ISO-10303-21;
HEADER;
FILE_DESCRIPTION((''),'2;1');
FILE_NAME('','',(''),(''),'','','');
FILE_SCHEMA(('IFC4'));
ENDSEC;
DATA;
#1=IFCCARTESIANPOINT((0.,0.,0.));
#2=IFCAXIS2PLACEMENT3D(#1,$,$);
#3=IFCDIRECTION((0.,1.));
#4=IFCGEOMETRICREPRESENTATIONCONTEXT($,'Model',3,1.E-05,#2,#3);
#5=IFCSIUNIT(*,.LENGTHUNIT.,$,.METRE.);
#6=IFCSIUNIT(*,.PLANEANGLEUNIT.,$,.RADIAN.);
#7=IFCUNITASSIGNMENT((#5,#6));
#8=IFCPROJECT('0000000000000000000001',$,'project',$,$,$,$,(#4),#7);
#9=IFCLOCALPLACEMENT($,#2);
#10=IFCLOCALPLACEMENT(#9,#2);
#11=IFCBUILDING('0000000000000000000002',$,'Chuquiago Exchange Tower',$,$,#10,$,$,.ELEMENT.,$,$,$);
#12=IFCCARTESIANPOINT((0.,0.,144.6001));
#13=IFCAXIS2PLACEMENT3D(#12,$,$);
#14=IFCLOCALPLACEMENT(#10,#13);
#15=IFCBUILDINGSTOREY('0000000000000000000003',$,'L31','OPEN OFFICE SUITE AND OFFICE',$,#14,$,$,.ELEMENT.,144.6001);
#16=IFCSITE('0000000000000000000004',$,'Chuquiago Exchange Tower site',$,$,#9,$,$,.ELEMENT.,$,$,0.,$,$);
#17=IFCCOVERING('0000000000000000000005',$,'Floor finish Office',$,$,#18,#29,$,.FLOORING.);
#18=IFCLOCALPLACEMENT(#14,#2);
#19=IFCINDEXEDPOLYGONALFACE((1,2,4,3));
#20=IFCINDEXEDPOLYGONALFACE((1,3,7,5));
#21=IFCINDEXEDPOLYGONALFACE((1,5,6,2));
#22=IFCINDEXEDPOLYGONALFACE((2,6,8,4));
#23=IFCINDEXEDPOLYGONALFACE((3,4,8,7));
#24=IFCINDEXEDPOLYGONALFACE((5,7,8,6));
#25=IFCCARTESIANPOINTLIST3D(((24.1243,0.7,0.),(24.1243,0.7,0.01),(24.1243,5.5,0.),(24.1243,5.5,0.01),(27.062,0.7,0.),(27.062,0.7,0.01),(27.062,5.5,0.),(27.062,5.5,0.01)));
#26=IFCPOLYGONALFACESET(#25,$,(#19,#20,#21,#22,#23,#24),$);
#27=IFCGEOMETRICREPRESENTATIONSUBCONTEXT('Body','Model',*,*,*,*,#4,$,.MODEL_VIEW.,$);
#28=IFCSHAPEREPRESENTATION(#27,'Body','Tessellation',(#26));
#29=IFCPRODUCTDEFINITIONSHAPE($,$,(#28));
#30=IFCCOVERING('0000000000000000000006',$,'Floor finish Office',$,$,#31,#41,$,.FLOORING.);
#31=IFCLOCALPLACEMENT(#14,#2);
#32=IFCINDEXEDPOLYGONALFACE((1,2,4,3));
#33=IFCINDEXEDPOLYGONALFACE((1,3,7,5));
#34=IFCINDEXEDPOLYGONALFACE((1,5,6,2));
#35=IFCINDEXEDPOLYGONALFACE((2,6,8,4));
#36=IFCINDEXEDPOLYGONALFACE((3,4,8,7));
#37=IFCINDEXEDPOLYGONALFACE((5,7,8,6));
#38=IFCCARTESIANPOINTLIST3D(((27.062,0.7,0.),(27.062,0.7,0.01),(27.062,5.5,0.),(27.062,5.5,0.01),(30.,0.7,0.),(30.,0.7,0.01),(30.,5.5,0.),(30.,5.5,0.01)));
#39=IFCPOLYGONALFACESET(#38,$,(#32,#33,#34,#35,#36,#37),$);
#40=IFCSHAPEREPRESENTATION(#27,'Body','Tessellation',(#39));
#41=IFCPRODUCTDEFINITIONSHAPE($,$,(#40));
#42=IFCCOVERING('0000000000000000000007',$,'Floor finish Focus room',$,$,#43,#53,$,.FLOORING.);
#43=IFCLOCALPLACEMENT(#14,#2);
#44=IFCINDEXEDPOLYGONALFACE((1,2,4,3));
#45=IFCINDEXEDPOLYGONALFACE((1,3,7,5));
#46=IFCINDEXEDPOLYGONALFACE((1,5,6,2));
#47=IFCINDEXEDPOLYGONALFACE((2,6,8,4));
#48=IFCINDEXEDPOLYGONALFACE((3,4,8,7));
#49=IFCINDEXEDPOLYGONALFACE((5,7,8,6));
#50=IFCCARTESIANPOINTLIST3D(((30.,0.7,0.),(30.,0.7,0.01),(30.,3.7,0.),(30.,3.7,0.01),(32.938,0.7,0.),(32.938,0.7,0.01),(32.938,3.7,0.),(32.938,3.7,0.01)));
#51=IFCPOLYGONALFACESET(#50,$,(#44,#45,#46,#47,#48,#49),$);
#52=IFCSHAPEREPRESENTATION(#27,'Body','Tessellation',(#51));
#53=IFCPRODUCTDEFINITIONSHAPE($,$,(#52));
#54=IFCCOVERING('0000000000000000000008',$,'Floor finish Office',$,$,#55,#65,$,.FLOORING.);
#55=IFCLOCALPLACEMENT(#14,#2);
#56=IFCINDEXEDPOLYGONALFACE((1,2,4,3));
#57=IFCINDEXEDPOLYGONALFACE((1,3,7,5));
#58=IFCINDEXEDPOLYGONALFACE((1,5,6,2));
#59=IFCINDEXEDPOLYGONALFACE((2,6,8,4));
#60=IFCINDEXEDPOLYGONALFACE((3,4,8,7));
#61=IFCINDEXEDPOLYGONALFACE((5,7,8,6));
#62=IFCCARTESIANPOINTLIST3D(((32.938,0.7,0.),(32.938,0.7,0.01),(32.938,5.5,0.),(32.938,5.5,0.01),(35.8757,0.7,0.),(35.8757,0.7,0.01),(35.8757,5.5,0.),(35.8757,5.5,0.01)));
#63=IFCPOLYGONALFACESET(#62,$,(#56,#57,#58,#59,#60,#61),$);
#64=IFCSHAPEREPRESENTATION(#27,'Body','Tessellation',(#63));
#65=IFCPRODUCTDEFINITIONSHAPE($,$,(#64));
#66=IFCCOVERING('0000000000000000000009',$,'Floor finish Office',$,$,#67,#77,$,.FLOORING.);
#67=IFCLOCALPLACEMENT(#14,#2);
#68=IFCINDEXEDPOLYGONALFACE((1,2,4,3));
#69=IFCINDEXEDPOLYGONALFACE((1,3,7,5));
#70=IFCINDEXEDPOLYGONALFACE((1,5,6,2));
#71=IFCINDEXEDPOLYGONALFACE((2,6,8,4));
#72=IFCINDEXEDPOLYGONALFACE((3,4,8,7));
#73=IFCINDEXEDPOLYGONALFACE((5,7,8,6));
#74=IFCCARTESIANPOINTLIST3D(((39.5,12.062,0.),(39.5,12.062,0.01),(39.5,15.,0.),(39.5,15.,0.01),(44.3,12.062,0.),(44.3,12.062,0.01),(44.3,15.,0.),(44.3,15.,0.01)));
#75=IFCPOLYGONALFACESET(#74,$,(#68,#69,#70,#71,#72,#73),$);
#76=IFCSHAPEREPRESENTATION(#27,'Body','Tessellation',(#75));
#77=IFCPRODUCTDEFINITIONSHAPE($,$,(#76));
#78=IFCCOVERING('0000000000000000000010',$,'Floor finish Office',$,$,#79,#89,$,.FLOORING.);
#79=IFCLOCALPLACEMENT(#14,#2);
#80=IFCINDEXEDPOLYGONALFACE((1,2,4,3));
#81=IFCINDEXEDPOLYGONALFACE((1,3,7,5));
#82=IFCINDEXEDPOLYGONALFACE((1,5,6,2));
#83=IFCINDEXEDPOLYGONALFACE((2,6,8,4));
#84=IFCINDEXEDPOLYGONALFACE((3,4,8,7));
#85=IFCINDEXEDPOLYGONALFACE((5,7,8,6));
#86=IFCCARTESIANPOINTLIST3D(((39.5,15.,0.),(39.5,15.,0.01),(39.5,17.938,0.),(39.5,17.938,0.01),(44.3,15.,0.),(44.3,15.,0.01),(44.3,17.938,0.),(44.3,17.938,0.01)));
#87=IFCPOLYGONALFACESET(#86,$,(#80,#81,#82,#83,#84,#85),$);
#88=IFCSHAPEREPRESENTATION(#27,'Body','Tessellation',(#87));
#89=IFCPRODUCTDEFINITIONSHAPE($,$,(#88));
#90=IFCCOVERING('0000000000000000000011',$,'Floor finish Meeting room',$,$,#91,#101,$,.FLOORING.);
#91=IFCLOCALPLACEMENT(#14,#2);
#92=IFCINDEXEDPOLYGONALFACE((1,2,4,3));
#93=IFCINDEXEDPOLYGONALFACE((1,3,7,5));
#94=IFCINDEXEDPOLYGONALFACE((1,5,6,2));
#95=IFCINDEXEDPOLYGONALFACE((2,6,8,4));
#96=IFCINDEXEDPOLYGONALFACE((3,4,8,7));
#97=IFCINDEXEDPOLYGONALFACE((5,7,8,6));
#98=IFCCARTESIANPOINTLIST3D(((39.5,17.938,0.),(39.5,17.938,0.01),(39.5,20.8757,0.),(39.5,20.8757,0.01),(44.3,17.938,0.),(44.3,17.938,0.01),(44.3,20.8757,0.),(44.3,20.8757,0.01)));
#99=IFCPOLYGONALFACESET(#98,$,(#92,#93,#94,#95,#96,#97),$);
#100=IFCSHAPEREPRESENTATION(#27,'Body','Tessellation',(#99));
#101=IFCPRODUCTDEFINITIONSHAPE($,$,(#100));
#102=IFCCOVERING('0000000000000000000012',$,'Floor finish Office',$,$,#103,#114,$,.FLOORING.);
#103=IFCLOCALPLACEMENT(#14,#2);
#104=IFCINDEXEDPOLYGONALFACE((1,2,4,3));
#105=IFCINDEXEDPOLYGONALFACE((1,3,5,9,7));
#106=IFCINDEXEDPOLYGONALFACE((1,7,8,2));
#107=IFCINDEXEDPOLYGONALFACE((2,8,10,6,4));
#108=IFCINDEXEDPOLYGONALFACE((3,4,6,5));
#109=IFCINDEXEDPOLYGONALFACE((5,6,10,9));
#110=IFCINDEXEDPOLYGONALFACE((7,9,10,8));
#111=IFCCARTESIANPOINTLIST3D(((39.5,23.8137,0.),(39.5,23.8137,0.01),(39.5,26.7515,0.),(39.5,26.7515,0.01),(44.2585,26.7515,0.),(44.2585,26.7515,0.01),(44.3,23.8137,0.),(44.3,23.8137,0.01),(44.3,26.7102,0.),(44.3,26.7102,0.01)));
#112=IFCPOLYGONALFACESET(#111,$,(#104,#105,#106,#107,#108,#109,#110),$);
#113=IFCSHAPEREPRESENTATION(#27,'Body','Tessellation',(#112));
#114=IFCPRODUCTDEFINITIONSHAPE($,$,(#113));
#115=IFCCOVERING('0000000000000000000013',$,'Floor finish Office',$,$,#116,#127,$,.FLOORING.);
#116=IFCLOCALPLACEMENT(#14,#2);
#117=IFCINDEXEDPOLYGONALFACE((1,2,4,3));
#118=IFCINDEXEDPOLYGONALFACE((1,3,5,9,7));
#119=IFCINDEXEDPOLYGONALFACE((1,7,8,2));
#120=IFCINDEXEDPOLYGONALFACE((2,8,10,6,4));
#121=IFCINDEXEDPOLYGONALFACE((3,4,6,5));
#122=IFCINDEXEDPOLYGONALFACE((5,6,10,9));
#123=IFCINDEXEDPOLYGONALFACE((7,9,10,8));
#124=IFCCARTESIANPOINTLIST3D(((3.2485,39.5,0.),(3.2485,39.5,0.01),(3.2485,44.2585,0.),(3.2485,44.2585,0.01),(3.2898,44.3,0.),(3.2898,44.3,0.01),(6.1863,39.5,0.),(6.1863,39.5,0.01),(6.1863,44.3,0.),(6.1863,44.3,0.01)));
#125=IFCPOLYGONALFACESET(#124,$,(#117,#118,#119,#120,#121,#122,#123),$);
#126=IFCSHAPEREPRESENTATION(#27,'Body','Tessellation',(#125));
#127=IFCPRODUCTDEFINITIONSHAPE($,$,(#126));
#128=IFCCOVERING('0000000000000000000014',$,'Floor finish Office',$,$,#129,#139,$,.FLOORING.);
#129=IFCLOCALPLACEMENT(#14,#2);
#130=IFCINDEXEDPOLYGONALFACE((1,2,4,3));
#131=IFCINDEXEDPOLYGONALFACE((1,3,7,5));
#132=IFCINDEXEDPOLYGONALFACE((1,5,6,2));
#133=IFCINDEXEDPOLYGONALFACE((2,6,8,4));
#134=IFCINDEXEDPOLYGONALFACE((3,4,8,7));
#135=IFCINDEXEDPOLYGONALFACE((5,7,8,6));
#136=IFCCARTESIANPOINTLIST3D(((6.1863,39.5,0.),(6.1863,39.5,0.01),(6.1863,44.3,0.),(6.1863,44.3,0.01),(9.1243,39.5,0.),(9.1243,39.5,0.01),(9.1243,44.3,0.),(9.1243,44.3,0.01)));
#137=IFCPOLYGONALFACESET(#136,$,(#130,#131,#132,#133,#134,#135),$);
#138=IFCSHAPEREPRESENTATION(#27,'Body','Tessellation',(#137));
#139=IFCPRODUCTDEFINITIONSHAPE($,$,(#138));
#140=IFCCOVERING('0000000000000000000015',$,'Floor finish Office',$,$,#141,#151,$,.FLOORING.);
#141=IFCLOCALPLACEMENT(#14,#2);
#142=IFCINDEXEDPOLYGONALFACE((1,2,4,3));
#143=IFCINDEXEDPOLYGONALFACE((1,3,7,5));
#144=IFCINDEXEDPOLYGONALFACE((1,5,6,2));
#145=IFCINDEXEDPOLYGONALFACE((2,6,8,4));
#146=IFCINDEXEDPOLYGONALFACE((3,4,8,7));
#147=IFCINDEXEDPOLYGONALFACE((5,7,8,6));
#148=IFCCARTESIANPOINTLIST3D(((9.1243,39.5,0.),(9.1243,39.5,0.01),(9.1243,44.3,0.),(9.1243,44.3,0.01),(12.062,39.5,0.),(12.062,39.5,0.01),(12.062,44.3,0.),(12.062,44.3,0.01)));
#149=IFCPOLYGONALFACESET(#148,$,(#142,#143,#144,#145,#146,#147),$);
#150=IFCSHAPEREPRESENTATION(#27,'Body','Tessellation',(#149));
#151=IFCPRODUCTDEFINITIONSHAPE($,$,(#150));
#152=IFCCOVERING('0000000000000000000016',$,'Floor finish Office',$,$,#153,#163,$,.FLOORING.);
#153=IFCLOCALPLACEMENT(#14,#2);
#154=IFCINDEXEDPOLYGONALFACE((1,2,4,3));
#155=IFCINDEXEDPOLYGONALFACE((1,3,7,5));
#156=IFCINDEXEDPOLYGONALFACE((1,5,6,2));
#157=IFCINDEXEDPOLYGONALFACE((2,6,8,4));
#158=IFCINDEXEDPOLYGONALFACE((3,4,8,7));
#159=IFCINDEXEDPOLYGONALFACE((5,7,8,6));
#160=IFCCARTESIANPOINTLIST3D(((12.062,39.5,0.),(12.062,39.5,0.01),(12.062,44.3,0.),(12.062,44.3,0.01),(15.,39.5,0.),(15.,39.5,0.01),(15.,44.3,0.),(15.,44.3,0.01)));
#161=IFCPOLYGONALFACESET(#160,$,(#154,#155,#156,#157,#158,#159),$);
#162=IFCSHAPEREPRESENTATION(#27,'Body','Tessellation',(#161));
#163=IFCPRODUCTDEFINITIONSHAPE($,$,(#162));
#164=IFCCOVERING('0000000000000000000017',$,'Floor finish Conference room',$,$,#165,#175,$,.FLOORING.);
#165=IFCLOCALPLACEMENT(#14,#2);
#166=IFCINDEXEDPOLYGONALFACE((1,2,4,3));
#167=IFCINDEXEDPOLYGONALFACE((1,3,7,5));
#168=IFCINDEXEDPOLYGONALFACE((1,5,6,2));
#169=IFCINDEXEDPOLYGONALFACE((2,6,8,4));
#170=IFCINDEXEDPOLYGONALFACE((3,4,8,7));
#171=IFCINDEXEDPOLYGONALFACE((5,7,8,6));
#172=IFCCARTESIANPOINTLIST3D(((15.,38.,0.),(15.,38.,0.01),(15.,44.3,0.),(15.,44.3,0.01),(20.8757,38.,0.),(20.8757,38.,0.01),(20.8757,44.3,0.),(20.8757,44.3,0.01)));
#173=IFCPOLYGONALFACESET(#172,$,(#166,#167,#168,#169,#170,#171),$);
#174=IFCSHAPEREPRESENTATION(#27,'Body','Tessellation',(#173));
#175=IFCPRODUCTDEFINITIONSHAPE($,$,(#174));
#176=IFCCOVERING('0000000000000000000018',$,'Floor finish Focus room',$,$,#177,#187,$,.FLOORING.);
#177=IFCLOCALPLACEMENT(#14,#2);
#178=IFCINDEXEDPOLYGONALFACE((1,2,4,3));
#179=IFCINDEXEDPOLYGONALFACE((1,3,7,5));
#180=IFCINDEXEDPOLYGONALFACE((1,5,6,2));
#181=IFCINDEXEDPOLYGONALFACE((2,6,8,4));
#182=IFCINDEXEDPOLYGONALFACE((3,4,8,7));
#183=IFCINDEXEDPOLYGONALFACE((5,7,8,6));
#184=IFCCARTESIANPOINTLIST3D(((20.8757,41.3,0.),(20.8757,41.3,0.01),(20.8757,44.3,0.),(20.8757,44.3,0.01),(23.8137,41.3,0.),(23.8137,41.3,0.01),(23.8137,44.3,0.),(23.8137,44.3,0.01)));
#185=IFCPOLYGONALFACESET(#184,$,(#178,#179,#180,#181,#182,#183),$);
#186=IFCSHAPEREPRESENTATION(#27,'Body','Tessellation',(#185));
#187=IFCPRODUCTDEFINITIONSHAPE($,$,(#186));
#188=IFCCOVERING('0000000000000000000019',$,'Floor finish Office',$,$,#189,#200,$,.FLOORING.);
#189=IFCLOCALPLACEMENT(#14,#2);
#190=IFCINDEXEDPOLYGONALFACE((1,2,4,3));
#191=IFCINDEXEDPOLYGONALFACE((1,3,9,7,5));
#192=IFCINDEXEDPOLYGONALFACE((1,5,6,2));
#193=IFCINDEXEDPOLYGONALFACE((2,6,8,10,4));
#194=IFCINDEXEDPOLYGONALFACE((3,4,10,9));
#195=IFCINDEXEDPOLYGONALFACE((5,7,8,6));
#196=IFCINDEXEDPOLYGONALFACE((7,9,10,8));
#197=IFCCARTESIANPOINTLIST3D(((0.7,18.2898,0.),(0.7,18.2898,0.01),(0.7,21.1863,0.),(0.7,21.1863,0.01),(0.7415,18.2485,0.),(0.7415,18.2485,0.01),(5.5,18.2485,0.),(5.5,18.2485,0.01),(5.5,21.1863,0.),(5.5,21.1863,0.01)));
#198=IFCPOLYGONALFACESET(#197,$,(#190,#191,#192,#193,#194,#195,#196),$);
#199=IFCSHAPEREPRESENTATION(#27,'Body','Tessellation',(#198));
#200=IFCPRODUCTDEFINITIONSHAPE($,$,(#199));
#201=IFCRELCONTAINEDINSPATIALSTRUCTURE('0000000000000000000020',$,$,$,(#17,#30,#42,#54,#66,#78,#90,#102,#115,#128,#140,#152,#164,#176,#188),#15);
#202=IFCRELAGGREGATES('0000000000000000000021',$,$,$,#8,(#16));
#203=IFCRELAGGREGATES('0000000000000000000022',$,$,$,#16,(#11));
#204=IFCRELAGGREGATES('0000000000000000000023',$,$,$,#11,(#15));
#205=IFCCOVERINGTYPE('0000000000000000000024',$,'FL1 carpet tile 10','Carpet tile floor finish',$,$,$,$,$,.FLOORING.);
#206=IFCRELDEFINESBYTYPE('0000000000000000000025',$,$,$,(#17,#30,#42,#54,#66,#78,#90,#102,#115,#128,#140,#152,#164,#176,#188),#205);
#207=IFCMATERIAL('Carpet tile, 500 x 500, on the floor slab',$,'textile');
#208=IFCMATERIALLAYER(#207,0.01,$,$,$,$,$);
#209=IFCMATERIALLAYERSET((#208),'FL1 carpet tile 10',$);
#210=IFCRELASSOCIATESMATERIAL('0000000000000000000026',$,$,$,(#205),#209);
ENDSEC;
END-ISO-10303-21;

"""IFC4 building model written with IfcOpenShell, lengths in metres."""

from ifc_helpers import new_model, si_unit, direction, frame, origin, place, context, subcontext, project, spatial, polyline, outline, extrude, material, layer, layer_set, type_object, element, save


model = new_model("IFC4")

# Units and contexts
model_context = context("Model", 3, precision=1e-05, world=origin(), true_north=direction((0.0, 1.0)))
body_context = subcontext(model_context, "Body", "Model", "MODEL_VIEW")
ifc_project = project(units=[si_unit("LENGTHUNIT", "METRE"), si_unit("PLANEANGLEUNIT", "RADIAN")], contexts=[model_context])

# Site, building, storey
site_placement = place(None, origin())
site = spatial("IfcSite", under=ifc_project, at=site_placement, Name="Chuquiago Exchange Tower site", CompositionType="ELEMENT", RefElevation=0.0)
building_placement = place(site_placement, origin())
building = spatial("IfcBuilding", under=site, at=building_placement, Name="Chuquiago Exchange Tower", CompositionType="ELEMENT")
storey_placement = place(building_placement, frame((0.0, 0.0, 144.6001)))
storey = spatial("IfcBuildingStorey", under=building, at=storey_placement, Name="L31", Description="OPEN OFFICE SUITE AND OFFICE", CompositionType="ELEMENT", Elevation=144.6001)

# Coverings
ifc_material_1 = material(Name="Carpet tile, 500 x 500, on the floor slab", Category="textile")
ifc_layer_1 = layer(ifc_material_1, 0.01)
ifc_layer_set_1 = layer_set([ifc_layer_1], Name="FL1 carpet tile 10")
covering_type_1 = type_object("IfcCoveringType", Name="FL1 carpet tile 10", Description="Carpet tile floor finish", PredefinedType="FLOORING", material=ifc_layer_set_1)
covering_1_placement = place(storey_placement, origin())
element("IfcCovering", 1, at=covering_1_placement, inside=storey, type_object=covering_type_1, Name="Floor finish Office", PredefinedType="FLOORING", context=body_context, shape_type="SweptSolid", body=[
    extrude(outline(polyline([(24.1243, 0.7), (24.1243, 5.5), (27.062, 5.5), (27.062, 0.7), (24.1243, 0.7)])), origin(), (0.0, 0.0, 1.0), 0.01),
])
covering_2_placement = place(storey_placement, origin())
element("IfcCovering", 2, at=covering_2_placement, inside=storey, type_object=covering_type_1, Name="Floor finish Office", PredefinedType="FLOORING", context=body_context, shape_type="SweptSolid", body=[
    extrude(outline(polyline([(27.062, 0.7), (27.062, 5.5), (30.0, 5.5), (30.0, 0.7), (27.062, 0.7)])), origin(), (0.0, 0.0, 1.0), 0.01),
])
covering_3_placement = place(storey_placement, origin())
element("IfcCovering", 3, at=covering_3_placement, inside=storey, type_object=covering_type_1, Name="Floor finish Focus room", PredefinedType="FLOORING", context=body_context, shape_type="SweptSolid", body=[
    extrude(outline(polyline([(30.0, 0.7), (30.0, 3.7), (32.938, 3.7), (32.938, 0.7), (30.0, 0.7)])), origin(), (0.0, 0.0, 1.0), 0.01),
])
covering_4_placement = place(storey_placement, origin())
element("IfcCovering", 4, at=covering_4_placement, inside=storey, type_object=covering_type_1, Name="Floor finish Office", PredefinedType="FLOORING", context=body_context, shape_type="SweptSolid", body=[
    extrude(outline(polyline([(32.938, 0.7), (32.938, 5.5), (35.8757, 5.5), (35.8757, 0.7), (32.938, 0.7)])), origin(), (0.0, 0.0, 1.0), 0.01),
])
covering_5_placement = place(storey_placement, origin())
element("IfcCovering", 5, at=covering_5_placement, inside=storey, type_object=covering_type_1, Name="Floor finish Office", PredefinedType="FLOORING", context=body_context, shape_type="SweptSolid", body=[
    extrude(outline(polyline([(44.3, 12.062), (39.5, 12.062), (39.5, 15.0), (44.3, 15.0), (44.3, 12.062)])), origin(), (0.0, 0.0, 1.0), 0.01),
])
covering_6_placement = place(storey_placement, origin())
element("IfcCovering", 6, at=covering_6_placement, inside=storey, type_object=covering_type_1, Name="Floor finish Office", PredefinedType="FLOORING", context=body_context, shape_type="SweptSolid", body=[
    extrude(outline(polyline([(44.3, 15.0), (39.5, 15.0), (39.5, 17.938), (44.3, 17.938), (44.3, 15.0)])), origin(), (0.0, 0.0, 1.0), 0.01),
])
covering_7_placement = place(storey_placement, origin())
element("IfcCovering", 7, at=covering_7_placement, inside=storey, type_object=covering_type_1, Name="Floor finish Meeting room", PredefinedType="FLOORING", context=body_context, shape_type="SweptSolid", body=[
    extrude(outline(polyline([(44.3, 17.938), (39.5, 17.938), (39.5, 20.8757), (44.3, 20.8757), (44.3, 17.938)])), origin(), (0.0, 0.0, 1.0), 0.01),
])
covering_8_placement = place(storey_placement, origin())
element("IfcCovering", 8, at=covering_8_placement, inside=storey, type_object=covering_type_1, Name="Floor finish Office", PredefinedType="FLOORING", context=body_context, shape_type="SweptSolid", body=[
    extrude(outline(polyline([(44.3, 26.7102), (44.3, 23.8137), (39.5, 23.8137), (39.5, 26.7515), (44.2585, 26.7515), (44.3, 26.7102)])), origin(), (0.0, 0.0, 1.0), 0.01),
])
covering_9_placement = place(storey_placement, origin())
element("IfcCovering", 9, at=covering_9_placement, inside=storey, type_object=covering_type_1, Name="Floor finish Office", PredefinedType="FLOORING", context=body_context, shape_type="SweptSolid", body=[
    extrude(outline(polyline([(3.2898, 44.3), (6.1863, 44.3), (6.1863, 39.5), (3.2485, 39.5), (3.2485, 44.2585), (3.2898, 44.3)])), origin(), (0.0, 0.0, 1.0), 0.01),
])
covering_10_placement = place(storey_placement, origin())
element("IfcCovering", 10, at=covering_10_placement, inside=storey, type_object=covering_type_1, Name="Floor finish Office", PredefinedType="FLOORING", context=body_context, shape_type="SweptSolid", body=[
    extrude(outline(polyline([(9.1243, 44.3), (9.1243, 39.5), (6.1863, 39.5), (6.1863, 44.3), (9.1243, 44.3)])), origin(), (0.0, 0.0, 1.0), 0.01),
])
covering_11_placement = place(storey_placement, origin())
element("IfcCovering", 11, at=covering_11_placement, inside=storey, type_object=covering_type_1, Name="Floor finish Office", PredefinedType="FLOORING", context=body_context, shape_type="SweptSolid", body=[
    extrude(outline(polyline([(12.062, 44.3), (12.062, 39.5), (9.1243, 39.5), (9.1243, 44.3), (12.062, 44.3)])), origin(), (0.0, 0.0, 1.0), 0.01),
])
covering_12_placement = place(storey_placement, origin())
element("IfcCovering", 12, at=covering_12_placement, inside=storey, type_object=covering_type_1, Name="Floor finish Office", PredefinedType="FLOORING", context=body_context, shape_type="SweptSolid", body=[
    extrude(outline(polyline([(15.0, 44.3), (15.0, 39.5), (12.062, 39.5), (12.062, 44.3), (15.0, 44.3)])), origin(), (0.0, 0.0, 1.0), 0.01),
])
covering_13_placement = place(storey_placement, origin())
element("IfcCovering", 13, at=covering_13_placement, inside=storey, type_object=covering_type_1, Name="Floor finish Conference room", PredefinedType="FLOORING", context=body_context, shape_type="SweptSolid", body=[
    extrude(outline(polyline([(20.8757, 44.3), (20.8757, 38.0), (15.0, 38.0), (15.0, 44.3), (20.8757, 44.3)])), origin(), (0.0, 0.0, 1.0), 0.01),
])
covering_14_placement = place(storey_placement, origin())
element("IfcCovering", 14, at=covering_14_placement, inside=storey, type_object=covering_type_1, Name="Floor finish Focus room", PredefinedType="FLOORING", context=body_context, shape_type="SweptSolid", body=[
    extrude(outline(polyline([(23.8137, 44.3), (23.8137, 41.3), (20.8757, 41.3), (20.8757, 44.3), (23.8137, 44.3)])), origin(), (0.0, 0.0, 1.0), 0.01),
])
covering_15_placement = place(storey_placement, origin())
element("IfcCovering", 15, at=covering_15_placement, inside=storey, type_object=covering_type_1, Name="Floor finish Office", PredefinedType="FLOORING", context=body_context, shape_type="SweptSolid", body=[
    extrude(outline(polyline([(0.7, 21.1863), (5.5, 21.1863), (5.5, 18.2485), (0.7415, 18.2485), (0.7, 18.2898), (0.7, 21.1863)])), origin(), (0.0, 0.0, 1.0), 0.01),
])

save(model, "model.ifc")
